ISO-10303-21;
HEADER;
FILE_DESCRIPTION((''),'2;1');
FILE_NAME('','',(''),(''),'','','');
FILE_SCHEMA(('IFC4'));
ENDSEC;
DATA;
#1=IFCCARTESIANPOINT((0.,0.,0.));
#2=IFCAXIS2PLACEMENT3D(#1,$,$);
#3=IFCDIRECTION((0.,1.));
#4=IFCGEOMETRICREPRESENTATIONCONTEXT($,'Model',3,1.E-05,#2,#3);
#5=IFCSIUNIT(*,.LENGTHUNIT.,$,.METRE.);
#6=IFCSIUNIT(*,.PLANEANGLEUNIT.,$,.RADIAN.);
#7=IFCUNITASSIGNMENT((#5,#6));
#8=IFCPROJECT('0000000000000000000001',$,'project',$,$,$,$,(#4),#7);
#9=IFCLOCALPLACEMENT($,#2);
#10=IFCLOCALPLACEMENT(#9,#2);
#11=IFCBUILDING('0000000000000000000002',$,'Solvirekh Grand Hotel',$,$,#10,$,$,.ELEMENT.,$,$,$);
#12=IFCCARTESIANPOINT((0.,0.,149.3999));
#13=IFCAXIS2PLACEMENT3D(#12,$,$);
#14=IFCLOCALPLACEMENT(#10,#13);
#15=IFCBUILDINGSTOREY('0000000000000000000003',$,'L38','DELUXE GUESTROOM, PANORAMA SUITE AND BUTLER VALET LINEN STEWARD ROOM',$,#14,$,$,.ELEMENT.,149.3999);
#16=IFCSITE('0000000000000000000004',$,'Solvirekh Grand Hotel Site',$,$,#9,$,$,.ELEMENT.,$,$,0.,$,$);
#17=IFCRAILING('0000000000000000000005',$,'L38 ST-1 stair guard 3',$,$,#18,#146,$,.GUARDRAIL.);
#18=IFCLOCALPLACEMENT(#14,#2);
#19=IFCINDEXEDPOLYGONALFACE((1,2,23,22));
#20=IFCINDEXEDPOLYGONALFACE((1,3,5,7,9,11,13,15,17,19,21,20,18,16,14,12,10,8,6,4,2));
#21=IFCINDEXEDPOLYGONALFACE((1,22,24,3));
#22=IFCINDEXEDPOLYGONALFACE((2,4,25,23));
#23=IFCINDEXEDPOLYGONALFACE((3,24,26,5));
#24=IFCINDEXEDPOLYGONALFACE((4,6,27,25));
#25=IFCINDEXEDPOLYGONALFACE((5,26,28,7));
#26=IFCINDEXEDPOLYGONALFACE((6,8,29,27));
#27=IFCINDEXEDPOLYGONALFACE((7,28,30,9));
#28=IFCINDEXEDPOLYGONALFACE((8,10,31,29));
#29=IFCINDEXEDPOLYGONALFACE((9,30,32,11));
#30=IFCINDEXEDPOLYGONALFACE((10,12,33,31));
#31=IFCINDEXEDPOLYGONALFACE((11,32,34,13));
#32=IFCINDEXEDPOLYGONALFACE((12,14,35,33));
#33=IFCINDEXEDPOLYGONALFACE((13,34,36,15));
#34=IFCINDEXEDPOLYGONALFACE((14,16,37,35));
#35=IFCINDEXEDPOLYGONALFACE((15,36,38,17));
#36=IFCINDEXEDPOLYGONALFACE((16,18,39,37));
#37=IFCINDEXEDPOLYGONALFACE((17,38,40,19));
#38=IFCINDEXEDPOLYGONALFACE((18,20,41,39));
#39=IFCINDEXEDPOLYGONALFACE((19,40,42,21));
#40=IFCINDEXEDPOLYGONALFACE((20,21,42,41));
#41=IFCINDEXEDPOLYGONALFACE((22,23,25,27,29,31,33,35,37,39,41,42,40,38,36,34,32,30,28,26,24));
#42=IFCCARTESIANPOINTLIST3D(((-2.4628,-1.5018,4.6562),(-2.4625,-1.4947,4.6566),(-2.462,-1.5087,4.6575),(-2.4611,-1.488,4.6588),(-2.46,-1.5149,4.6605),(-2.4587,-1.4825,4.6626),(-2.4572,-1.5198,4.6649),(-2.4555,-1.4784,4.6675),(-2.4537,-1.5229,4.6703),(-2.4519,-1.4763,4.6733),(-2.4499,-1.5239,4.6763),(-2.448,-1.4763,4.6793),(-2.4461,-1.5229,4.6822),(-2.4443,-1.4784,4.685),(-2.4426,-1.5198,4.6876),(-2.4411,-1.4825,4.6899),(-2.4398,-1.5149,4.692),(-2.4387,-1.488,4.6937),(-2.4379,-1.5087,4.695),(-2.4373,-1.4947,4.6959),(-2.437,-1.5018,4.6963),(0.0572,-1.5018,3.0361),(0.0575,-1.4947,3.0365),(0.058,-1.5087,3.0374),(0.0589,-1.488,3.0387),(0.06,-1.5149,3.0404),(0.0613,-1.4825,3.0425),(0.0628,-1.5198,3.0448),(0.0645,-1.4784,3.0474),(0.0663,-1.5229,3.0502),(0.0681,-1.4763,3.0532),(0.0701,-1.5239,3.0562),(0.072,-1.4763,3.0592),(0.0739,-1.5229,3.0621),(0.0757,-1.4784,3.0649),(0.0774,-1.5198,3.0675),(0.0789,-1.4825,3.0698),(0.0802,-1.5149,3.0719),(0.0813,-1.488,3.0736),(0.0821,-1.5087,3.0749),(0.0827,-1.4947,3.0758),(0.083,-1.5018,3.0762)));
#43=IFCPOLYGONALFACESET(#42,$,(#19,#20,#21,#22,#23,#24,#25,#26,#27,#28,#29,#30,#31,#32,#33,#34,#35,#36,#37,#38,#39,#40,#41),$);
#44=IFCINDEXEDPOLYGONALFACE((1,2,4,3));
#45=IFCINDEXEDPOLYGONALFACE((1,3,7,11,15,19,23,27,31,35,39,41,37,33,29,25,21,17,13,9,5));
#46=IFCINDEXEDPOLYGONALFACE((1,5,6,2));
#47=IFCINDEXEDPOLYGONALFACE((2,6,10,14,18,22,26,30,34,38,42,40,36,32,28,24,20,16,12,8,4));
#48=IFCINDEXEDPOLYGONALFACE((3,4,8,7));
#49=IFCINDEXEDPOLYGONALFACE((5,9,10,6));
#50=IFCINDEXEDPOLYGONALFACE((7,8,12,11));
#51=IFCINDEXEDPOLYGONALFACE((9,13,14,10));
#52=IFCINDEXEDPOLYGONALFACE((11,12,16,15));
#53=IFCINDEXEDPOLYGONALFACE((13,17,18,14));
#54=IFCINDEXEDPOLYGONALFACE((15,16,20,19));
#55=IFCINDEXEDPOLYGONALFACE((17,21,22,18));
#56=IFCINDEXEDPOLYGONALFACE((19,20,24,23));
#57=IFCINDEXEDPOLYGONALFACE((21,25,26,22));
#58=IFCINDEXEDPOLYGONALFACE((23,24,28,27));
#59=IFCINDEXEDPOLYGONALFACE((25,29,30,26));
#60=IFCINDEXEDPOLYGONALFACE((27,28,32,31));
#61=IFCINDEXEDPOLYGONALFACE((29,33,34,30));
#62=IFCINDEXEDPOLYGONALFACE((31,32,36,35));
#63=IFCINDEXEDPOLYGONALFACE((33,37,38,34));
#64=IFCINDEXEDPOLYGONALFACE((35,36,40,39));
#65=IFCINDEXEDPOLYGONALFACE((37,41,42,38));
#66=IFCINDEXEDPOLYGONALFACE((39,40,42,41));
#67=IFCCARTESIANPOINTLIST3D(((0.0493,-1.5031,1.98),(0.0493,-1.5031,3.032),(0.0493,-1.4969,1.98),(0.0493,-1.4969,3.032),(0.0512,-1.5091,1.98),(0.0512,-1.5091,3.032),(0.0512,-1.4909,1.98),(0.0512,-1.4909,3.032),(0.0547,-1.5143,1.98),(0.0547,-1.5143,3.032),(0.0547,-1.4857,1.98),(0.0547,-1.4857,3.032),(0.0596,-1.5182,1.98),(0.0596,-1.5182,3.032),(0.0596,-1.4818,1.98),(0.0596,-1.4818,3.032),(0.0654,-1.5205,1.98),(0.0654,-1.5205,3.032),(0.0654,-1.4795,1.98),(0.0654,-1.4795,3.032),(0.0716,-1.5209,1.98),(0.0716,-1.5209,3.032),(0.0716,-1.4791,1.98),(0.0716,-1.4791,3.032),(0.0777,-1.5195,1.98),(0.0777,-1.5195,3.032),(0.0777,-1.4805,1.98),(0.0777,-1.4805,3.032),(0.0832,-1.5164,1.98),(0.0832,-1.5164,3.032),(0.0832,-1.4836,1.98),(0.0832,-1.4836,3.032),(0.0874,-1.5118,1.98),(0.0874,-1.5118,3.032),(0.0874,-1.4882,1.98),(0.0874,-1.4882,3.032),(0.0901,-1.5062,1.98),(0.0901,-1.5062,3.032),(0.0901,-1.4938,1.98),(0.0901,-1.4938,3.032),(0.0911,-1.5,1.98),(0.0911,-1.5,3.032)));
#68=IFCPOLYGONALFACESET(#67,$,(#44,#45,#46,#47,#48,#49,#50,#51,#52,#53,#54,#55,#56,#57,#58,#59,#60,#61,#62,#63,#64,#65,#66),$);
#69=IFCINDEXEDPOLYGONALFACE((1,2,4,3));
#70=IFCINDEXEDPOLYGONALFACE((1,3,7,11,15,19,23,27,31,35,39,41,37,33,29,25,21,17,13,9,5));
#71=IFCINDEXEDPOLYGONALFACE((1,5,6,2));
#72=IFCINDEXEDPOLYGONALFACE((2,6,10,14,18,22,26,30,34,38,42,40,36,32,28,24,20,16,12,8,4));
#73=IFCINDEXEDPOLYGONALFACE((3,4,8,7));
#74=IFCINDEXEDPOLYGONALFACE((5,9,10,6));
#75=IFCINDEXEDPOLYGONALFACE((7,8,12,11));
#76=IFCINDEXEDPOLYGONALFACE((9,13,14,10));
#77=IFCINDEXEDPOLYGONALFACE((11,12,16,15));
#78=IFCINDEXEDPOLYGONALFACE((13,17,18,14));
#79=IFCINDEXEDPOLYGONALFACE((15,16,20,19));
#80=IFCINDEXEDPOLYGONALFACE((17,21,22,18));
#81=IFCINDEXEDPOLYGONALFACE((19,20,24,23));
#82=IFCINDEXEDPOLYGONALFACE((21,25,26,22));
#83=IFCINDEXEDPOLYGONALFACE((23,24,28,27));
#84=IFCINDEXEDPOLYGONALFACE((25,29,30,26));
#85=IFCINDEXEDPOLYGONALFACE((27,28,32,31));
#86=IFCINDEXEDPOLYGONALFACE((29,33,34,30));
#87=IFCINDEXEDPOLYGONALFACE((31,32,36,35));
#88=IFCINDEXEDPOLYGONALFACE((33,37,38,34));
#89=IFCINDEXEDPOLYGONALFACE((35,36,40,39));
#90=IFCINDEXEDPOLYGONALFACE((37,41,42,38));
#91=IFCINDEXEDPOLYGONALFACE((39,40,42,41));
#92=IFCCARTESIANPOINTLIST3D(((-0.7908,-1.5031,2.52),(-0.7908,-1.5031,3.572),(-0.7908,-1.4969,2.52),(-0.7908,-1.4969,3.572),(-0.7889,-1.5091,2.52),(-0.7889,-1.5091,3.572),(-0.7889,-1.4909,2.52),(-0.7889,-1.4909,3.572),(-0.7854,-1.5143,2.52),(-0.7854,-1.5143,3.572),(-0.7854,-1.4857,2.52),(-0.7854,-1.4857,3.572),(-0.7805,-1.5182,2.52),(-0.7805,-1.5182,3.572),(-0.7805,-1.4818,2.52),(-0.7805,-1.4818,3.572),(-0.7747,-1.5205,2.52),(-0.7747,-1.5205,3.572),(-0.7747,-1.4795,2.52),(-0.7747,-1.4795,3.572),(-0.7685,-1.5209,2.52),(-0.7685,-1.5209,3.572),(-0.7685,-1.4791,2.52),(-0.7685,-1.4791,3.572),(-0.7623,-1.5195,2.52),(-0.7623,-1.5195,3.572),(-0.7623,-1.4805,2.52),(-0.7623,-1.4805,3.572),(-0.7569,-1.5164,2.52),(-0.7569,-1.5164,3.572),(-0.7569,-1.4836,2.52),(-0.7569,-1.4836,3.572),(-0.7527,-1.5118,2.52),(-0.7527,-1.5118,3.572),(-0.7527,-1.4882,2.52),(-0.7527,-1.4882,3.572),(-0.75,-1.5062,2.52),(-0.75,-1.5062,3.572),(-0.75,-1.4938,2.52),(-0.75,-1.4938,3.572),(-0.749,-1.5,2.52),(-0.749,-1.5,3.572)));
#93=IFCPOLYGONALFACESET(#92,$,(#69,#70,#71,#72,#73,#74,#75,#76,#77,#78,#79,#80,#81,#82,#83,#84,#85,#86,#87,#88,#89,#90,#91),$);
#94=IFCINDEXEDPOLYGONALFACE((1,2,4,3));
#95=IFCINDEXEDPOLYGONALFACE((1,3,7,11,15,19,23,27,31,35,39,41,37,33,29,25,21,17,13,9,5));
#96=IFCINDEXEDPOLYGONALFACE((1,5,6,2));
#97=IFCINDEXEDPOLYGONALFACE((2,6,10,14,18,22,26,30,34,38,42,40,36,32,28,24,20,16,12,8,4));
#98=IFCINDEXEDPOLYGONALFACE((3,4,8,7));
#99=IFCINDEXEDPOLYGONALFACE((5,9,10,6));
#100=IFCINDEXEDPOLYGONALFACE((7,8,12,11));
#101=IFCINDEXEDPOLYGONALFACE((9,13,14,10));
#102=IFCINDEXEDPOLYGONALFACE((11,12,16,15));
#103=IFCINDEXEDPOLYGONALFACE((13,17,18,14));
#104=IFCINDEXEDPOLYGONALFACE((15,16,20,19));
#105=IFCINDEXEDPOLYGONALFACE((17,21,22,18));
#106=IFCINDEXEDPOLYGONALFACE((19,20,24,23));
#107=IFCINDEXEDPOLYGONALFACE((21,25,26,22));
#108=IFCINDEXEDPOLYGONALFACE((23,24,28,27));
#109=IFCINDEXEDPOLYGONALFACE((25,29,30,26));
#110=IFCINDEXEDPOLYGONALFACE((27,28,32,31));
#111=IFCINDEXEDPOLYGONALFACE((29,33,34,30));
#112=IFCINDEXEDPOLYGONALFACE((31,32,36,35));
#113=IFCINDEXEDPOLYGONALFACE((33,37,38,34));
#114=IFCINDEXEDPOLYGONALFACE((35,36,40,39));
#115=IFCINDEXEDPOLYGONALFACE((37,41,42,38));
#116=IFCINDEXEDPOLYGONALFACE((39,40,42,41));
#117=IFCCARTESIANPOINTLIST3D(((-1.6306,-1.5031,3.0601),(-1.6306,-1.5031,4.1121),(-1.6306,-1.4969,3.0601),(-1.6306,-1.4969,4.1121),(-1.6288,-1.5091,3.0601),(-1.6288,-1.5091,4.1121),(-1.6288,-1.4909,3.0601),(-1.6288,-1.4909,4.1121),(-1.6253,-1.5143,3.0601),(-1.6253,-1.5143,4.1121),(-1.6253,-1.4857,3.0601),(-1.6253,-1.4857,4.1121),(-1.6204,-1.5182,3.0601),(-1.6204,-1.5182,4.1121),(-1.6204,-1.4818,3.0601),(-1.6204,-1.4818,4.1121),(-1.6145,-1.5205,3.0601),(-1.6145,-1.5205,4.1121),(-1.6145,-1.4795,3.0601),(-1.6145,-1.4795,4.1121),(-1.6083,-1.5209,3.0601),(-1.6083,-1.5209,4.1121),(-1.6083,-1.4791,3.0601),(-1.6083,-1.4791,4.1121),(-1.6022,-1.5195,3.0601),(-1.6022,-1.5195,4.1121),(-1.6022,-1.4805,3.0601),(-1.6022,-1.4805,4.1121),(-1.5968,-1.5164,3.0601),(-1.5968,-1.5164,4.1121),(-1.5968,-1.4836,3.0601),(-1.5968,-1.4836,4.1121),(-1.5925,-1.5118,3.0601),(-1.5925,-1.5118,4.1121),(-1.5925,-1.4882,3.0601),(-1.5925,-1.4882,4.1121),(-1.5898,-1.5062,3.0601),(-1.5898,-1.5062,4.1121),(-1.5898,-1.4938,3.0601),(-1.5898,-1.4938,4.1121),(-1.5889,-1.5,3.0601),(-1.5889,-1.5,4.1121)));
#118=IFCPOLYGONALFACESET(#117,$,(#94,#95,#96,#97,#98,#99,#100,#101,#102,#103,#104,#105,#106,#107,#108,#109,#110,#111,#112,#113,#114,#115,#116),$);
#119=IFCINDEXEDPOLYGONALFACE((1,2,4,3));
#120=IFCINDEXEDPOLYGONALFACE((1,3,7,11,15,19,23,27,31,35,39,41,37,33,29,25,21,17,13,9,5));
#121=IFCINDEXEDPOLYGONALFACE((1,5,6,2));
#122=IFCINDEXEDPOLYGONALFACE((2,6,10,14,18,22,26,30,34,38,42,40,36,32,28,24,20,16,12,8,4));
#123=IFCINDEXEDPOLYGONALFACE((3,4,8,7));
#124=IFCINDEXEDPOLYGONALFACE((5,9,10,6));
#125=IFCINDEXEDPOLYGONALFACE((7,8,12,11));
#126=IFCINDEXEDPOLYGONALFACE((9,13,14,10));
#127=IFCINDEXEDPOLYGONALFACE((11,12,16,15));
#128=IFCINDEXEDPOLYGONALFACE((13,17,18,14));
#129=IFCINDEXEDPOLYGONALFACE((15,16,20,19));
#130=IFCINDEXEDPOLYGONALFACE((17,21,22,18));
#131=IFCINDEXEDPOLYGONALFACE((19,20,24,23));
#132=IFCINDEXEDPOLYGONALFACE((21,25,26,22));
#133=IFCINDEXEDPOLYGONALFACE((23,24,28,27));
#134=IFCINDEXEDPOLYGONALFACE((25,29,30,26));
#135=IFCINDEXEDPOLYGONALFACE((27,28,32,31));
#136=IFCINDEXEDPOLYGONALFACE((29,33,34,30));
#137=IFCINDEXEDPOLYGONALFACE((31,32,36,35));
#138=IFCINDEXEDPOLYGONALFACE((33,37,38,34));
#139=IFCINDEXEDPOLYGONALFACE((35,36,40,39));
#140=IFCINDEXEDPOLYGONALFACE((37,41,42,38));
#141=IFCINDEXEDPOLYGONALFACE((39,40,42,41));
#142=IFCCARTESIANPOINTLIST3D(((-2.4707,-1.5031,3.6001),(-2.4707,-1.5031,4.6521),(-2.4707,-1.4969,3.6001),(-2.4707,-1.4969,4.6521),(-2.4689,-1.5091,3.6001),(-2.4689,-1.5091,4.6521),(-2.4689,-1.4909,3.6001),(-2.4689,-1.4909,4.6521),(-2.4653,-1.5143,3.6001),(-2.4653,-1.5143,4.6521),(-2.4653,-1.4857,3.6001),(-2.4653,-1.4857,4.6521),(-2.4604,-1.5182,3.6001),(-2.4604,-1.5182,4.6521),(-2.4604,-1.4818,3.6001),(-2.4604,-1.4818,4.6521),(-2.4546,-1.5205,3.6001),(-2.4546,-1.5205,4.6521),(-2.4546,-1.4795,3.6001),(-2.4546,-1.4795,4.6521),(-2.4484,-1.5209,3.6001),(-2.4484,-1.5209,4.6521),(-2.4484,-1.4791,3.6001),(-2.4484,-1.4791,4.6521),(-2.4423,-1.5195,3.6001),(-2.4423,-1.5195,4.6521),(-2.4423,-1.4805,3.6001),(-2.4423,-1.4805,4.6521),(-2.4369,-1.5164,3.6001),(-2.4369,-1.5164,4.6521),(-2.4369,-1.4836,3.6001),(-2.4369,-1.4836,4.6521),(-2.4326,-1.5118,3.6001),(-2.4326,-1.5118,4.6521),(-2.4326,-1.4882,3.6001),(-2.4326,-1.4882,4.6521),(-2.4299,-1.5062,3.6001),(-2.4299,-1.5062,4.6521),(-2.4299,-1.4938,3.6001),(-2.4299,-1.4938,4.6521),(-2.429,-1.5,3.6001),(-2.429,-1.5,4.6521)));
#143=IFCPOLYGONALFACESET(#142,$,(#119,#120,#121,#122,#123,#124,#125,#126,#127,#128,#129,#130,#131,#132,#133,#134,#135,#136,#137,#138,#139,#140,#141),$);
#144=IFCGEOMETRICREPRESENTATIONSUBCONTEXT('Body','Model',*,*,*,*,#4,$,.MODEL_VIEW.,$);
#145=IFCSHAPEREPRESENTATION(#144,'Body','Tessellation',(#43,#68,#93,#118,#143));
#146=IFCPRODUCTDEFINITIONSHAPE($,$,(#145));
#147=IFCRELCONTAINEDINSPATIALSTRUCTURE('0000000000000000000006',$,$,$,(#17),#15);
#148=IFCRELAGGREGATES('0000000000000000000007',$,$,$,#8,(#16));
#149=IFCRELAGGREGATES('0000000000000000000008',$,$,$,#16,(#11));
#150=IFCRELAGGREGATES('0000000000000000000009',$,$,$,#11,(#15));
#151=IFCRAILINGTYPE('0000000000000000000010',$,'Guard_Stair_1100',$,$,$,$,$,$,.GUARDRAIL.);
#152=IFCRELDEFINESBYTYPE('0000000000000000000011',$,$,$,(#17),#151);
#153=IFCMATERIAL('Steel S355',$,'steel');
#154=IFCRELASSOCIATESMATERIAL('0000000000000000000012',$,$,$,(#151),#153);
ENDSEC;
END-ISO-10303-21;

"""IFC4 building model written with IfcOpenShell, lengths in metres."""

from ifc_helpers import new_model, si_unit, direction, frame, origin, origin_2d, place, context, subcontext, project, spatial, circle, extrude, material, type_object, element, save


model = new_model("IFC4")

# Units and contexts
model_context = context("Model", 3, precision=1e-05, world=origin(), true_north=direction((0.0, 1.0)))
body_context = subcontext(model_context, "Body", "Model", "MODEL_VIEW")
ifc_project = project(units=[si_unit("LENGTHUNIT", "METRE"), si_unit("PLANEANGLEUNIT", "RADIAN")], contexts=[model_context])

# Site, building, storey
site_placement = place(None, origin())
site = spatial("IfcSite", under=ifc_project, at=site_placement, Name="Solvirekh Grand Hotel Site", CompositionType="ELEMENT", RefElevation=0.0)
building_placement = place(site_placement, origin())
building = spatial("IfcBuilding", under=site, at=building_placement, Name="Solvirekh Grand Hotel", CompositionType="ELEMENT")
storey_placement = place(building_placement, frame((0.0, 0.0, 149.3999)))
storey = spatial("IfcBuildingStorey", under=building, at=storey_placement, Name="L38", Description="DELUXE GUESTROOM, PANORAMA SUITE AND BUTLER VALET LINEN STEWARD ROOM", CompositionType="ELEMENT", Elevation=149.3999)

# Railing
ifc_material_1 = material(Name="Steel S355", Category="steel")
railing_type_1 = type_object("IfcRailingType", Name="Guard_Stair_1100", PredefinedType="GUARDRAIL", material=ifc_material_1)
railing_1_placement = place(storey_placement, frame((0.0701, -1.5, 1.98)))
element("IfcRailing", 1, at=railing_1_placement, inside=storey, type_object=railing_type_1, Name="L38 ST-1 stair guard 3", PredefinedType="GUARDRAIL", context=body_context, shape_type="SweptSolid", body=[
    extrude(circle(Radius=0.0239, at=origin_2d()), frame((0.0, 0.0, 1.0762), z_axis=(-0.841163, 0.0, 0.540782), x_axis=(0.0, -1.0, 0.0)), (0.0, 0.0, 1.0), 2.9958),
    extrude(circle(Radius=0.021, at=origin_2d()), origin(), (0.0, 0.0, 1.0), 1.052),
    extrude(circle(Radius=0.021, at=origin_2d()), frame((-0.8401, 0.0, 0.54)), (0.0, 0.0, 1.0), 1.052),
    extrude(circle(Radius=0.021, at=origin_2d()), frame((-1.6799, 0.0, 1.0801)), (0.0, 0.0, 1.0), 1.052),
    extrude(circle(Radius=0.021, at=origin_2d()), frame((-2.52, 0.0, 1.6201)), (0.0, 0.0, 1.0), 1.052),
])

save(model, "model.ifc")
